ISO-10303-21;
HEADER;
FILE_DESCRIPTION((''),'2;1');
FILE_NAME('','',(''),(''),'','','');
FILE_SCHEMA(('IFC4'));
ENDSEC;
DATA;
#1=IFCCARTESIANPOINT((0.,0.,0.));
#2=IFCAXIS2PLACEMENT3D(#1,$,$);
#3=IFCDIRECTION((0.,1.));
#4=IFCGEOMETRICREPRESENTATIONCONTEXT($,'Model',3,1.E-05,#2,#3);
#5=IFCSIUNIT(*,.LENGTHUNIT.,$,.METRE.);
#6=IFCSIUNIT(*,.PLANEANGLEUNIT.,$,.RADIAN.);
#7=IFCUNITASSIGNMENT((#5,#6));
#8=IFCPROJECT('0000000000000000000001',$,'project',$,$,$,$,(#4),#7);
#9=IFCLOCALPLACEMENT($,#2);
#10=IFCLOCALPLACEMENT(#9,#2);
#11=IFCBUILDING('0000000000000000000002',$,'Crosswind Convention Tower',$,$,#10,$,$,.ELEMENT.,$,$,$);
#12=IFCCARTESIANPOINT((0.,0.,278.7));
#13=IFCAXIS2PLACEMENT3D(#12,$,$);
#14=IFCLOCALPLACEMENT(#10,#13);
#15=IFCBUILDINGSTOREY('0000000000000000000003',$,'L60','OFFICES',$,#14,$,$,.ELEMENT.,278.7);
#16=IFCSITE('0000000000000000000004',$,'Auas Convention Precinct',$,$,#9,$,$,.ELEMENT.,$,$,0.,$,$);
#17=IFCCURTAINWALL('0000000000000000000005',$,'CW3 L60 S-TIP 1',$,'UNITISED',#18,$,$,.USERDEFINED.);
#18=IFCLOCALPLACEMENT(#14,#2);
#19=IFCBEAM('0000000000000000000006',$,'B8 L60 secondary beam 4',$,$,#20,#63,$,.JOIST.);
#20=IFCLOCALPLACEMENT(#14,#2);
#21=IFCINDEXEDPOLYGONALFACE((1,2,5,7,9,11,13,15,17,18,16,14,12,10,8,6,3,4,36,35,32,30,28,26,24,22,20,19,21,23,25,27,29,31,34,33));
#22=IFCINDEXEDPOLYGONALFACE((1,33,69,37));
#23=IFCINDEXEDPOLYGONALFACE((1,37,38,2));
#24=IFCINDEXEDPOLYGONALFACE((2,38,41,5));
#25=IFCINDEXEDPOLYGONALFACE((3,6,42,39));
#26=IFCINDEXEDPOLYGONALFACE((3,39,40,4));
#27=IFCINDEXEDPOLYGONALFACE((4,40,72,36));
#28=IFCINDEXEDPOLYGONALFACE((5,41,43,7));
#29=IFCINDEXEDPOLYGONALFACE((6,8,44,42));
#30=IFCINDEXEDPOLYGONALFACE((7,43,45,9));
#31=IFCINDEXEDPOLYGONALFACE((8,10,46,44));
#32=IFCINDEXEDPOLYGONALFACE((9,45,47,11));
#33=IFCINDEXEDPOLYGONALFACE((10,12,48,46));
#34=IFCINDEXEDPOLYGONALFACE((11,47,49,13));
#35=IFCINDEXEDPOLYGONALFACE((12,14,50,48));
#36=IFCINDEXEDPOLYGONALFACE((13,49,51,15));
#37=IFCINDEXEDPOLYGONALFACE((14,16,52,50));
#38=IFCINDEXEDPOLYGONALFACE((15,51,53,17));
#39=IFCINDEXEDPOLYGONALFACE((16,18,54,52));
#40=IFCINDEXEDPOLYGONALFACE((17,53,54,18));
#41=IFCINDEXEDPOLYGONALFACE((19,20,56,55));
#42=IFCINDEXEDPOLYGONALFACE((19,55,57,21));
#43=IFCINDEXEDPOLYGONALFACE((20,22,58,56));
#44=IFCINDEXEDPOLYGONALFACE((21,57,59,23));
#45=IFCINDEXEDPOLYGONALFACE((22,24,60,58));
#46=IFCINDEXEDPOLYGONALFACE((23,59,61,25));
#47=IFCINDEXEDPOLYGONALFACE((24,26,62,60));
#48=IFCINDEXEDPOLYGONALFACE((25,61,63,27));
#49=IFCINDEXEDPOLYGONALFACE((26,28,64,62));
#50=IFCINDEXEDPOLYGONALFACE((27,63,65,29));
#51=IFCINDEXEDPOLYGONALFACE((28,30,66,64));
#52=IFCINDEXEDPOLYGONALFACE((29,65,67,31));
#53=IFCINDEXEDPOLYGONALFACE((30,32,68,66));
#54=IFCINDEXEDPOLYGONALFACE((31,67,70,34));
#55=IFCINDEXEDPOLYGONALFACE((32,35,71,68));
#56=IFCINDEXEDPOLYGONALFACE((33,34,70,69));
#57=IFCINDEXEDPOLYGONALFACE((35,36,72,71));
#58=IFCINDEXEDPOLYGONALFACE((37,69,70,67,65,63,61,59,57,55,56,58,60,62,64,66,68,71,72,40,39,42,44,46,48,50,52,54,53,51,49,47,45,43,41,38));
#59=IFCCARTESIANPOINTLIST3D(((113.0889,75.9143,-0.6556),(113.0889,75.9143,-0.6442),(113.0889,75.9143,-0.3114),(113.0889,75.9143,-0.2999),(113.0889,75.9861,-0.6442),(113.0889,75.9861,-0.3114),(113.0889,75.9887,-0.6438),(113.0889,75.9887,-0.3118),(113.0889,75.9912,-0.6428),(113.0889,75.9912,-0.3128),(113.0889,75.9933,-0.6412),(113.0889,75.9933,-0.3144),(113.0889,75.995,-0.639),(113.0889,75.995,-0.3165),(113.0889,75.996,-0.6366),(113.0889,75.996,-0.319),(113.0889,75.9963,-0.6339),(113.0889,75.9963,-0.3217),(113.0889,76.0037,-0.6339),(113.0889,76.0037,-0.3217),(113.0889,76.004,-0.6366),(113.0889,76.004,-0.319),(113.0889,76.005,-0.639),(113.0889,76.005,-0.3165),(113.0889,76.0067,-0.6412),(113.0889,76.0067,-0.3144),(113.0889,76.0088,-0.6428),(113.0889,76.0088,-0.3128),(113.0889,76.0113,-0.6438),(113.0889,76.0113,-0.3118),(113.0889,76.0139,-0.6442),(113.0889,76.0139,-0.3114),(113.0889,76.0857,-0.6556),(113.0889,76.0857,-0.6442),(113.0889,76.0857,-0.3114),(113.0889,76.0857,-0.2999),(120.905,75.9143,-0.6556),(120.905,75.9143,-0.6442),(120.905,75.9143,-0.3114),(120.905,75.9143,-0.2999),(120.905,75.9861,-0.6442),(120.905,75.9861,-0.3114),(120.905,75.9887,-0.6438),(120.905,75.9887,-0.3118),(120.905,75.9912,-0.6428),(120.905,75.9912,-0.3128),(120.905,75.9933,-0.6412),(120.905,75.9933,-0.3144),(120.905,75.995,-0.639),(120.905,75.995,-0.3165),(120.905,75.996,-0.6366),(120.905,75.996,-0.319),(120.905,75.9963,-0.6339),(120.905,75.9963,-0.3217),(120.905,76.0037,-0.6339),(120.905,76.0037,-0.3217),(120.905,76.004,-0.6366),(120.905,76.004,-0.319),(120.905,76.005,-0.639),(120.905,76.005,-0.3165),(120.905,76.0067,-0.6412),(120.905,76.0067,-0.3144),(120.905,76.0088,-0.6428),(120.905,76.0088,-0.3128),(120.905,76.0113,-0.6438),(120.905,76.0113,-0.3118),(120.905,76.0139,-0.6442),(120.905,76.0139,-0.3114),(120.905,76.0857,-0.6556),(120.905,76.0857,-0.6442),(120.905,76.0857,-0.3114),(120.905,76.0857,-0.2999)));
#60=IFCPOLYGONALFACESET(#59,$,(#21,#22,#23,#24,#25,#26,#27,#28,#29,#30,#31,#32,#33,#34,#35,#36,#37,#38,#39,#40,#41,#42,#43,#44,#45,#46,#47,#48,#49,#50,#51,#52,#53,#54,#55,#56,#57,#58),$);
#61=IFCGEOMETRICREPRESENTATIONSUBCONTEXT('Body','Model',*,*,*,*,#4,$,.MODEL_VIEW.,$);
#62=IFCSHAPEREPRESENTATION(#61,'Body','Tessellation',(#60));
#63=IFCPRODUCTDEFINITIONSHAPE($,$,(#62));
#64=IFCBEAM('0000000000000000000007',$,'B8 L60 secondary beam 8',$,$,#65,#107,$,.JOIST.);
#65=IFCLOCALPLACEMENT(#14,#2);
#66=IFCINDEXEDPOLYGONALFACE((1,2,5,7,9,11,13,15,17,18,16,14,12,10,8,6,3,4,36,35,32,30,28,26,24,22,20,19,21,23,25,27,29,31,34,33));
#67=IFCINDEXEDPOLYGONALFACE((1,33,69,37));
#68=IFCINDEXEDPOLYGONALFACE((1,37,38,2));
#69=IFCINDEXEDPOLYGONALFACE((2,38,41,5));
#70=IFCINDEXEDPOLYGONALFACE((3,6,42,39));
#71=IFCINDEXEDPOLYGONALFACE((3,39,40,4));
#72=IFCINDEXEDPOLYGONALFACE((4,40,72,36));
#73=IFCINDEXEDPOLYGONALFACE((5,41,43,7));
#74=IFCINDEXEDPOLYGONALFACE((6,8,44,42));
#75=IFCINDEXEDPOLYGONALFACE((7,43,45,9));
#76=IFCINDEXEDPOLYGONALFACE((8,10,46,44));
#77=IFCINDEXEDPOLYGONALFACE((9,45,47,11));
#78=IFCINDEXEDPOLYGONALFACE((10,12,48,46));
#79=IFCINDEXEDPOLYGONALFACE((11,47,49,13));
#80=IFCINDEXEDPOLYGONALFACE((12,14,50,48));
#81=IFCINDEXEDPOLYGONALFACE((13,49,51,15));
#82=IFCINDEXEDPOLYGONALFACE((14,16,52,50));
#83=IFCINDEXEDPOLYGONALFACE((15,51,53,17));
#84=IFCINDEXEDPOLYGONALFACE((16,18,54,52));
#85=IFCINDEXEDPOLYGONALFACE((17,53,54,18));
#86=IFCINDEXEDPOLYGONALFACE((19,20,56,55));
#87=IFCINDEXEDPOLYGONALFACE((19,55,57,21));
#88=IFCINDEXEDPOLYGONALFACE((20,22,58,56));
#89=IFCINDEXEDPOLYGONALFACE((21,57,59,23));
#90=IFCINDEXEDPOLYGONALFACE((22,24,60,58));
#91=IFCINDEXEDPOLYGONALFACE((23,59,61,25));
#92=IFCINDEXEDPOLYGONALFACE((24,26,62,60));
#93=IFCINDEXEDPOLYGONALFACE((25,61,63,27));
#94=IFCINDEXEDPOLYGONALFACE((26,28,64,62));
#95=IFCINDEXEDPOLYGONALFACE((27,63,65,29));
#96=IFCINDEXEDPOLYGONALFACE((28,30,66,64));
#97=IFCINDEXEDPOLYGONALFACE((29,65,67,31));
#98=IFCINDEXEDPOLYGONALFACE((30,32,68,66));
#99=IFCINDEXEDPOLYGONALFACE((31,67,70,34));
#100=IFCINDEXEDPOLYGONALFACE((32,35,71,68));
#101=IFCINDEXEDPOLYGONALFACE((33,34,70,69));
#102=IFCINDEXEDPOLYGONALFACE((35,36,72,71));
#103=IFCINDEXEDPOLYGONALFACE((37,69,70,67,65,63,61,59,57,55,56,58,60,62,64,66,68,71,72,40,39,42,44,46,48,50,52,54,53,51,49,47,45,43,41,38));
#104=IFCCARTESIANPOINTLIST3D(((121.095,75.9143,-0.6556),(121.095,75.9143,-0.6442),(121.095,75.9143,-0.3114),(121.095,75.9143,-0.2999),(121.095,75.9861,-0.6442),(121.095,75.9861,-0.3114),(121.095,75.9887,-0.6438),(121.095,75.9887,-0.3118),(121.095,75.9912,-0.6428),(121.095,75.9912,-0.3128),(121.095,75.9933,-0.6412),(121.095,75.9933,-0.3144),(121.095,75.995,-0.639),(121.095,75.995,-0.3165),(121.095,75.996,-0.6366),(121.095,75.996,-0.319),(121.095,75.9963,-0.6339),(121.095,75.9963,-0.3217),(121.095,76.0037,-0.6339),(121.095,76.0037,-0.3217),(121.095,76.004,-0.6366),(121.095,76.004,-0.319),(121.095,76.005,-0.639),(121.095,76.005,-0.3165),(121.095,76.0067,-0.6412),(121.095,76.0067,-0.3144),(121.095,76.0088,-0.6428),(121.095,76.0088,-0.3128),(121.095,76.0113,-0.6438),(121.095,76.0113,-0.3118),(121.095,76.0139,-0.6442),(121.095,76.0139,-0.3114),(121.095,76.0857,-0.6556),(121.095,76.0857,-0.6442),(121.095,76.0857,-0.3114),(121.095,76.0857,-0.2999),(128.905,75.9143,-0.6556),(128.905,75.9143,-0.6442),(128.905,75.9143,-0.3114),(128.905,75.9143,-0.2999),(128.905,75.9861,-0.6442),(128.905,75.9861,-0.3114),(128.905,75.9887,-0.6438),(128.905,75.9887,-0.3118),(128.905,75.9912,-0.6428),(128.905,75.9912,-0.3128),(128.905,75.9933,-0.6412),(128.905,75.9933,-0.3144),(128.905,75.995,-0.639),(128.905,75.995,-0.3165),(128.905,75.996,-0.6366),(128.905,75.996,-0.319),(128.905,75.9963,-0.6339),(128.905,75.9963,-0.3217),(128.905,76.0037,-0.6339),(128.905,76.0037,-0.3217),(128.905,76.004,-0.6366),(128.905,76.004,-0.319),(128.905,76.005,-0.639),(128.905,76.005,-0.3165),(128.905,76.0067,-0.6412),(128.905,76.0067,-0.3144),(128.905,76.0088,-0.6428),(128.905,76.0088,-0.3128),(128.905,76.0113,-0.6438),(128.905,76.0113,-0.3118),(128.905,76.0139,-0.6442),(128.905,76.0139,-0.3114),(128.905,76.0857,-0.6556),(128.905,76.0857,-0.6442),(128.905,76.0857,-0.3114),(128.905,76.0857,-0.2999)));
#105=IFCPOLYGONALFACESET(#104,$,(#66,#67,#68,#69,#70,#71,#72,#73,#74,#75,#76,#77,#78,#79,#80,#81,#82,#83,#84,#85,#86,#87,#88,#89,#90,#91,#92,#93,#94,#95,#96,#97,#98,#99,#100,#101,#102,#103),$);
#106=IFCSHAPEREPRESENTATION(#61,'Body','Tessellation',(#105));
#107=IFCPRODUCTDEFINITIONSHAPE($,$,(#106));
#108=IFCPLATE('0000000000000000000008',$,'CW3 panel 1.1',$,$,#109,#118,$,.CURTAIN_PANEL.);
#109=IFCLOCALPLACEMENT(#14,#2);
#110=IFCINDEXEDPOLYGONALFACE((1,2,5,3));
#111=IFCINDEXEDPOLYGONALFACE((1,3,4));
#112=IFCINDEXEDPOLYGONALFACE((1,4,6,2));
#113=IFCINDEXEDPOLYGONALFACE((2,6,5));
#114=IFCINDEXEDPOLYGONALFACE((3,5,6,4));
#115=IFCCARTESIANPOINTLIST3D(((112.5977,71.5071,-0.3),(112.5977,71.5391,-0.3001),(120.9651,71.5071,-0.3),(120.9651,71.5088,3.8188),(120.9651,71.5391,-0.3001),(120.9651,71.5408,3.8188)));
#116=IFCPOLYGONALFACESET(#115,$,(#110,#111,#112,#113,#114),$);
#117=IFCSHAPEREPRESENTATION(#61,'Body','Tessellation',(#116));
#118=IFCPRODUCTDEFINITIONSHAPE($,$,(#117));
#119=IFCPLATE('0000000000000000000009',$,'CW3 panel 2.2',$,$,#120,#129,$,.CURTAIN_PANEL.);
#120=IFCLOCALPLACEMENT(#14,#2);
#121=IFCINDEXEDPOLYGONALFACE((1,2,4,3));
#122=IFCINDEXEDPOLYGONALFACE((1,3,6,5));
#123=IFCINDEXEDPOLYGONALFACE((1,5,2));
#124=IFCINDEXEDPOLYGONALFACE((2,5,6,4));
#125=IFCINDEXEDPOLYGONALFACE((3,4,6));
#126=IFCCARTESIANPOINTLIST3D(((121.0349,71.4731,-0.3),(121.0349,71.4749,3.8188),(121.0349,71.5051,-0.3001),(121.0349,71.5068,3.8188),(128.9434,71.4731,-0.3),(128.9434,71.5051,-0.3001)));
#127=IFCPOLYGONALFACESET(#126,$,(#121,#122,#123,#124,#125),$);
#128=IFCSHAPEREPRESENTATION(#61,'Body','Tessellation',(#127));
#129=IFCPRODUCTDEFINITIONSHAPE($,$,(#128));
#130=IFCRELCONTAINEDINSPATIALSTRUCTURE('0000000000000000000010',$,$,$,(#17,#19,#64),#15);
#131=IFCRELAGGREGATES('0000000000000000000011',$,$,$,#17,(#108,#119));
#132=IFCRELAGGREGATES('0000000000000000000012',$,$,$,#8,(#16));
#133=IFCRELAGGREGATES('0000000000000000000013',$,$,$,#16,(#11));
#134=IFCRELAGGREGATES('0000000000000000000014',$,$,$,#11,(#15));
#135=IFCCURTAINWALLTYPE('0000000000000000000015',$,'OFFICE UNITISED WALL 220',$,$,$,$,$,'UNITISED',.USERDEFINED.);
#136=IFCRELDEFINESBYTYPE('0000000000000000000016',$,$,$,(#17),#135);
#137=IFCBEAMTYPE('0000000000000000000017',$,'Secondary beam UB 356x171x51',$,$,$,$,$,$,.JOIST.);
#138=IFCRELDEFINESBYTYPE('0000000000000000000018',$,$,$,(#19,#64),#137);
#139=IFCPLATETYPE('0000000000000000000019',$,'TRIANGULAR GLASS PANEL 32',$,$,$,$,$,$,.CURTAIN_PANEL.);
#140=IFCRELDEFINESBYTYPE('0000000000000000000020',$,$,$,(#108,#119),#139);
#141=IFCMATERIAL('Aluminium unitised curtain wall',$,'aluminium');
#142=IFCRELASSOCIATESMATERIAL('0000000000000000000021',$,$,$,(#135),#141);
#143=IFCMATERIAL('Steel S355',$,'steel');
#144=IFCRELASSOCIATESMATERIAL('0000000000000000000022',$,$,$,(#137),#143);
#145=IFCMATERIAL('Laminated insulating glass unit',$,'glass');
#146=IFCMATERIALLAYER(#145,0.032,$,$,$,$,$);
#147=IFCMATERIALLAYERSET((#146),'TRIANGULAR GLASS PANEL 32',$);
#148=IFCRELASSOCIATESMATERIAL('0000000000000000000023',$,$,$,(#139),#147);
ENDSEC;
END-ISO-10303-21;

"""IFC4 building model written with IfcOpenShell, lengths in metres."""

from ifc_helpers import new_model, si_unit, direction, frame, origin, origin_2d, place, context, subcontext, project, spatial, polyline, i_section, outline, extrude, material, layer, layer_set, material_profile, profile_set, type_object, element, aggregate, save


model = new_model("IFC4")

# Units and contexts
model_context = context("Model", 3, precision=1e-05, world=origin(), true_north=direction((0.0, 1.0)))
body_context = subcontext(model_context, "Body", "Model", "MODEL_VIEW")
ifc_project = project(units=[si_unit("LENGTHUNIT", "METRE"), si_unit("PLANEANGLEUNIT", "RADIAN")], contexts=[model_context])

# Site, building, storey
site_placement = place(None, origin())
site = spatial("IfcSite", under=ifc_project, at=site_placement, Name="Auas Convention Precinct", CompositionType="ELEMENT", RefElevation=0.0)
building_placement = place(site_placement, origin())
building = spatial("IfcBuilding", under=site, at=building_placement, Name="Crosswind Convention Tower", CompositionType="ELEMENT")
storey_placement = place(building_placement, frame((0.0, 0.0, 278.7)))
storey = spatial("IfcBuildingStorey", under=building, at=storey_placement, Name="L60", Description="OFFICES", CompositionType="ELEMENT", Elevation=278.7)

# Shared definitions
ifc_material_1 = material(Name="Steel S355", Category="steel")

# Curtain wall
ifc_material_2 = material(Name="Aluminium unitised curtain wall", Category="aluminium")
curtain_wall_type = type_object("IfcCurtainWallType", Name="OFFICE UNITISED WALL 220", ElementType="UNITISED", PredefinedType="USERDEFINED", material=ifc_material_2)
curtain_wall_placement = place(storey_placement, origin())
curtain_wall = element("IfcCurtainWall", 1, at=curtain_wall_placement, inside=storey, type_object=curtain_wall_type, Name="CW3 L60 S-TIP 1", ObjectType="UNITISED", PredefinedType="USERDEFINED")

# Beams
ifc_material_profile_1 = material_profile(ifc_material_1, i_section(OverallWidth=0.1714, OverallDepth=0.3557, WebThickness=0.0073, FlangeThickness=0.0115, FilletRadius=0.0103, at=origin_2d()), Name="UB 356x171x51")
ifc_profile_set_1 = profile_set([ifc_material_profile_1], Name="Steel S355")
beam_type_1 = type_object("IfcBeamType", Name="Secondary beam UB 356x171x51", PredefinedType="JOIST", material=ifc_profile_set_1)
beam_1_placement = place(storey_placement, frame((113.0889, 76.0, -0.4778), z_axis=(1.0, 0.0, 0.0), x_axis=(0.0, 1.0, 0.0)))
element("IfcBeam", 2, at=beam_1_placement, inside=storey, type_object=beam_type_1, Name="B8 L60 secondary beam 4", PredefinedType="JOIST", context=body_context, shape_type="SweptSolid", body=[
    extrude(i_section(OverallWidth=0.1714, OverallDepth=0.3557, WebThickness=0.0073, FlangeThickness=0.0115, FilletRadius=0.0103, at=origin_2d()), origin(), (0.0, 0.0, 1.0), 7.8162),
])
beam_2_placement = place(storey_placement, frame((121.095, 76.0, -0.4778), z_axis=(1.0, 0.0, 0.0), x_axis=(0.0, 1.0, 0.0)))
element("IfcBeam", 3, at=beam_2_placement, inside=storey, type_object=beam_type_1, Name="B8 L60 secondary beam 8", PredefinedType="JOIST", context=body_context, shape_type="SweptSolid", body=[
    extrude(i_section(OverallWidth=0.1714, OverallDepth=0.3557, WebThickness=0.0073, FlangeThickness=0.0115, FilletRadius=0.0103, at=origin_2d()), origin(), (0.0, 0.0, 1.0), 7.8101),
])

# Plates
ifc_material_3 = material(Name="Laminated insulating glass unit", Category="glass")
ifc_layer_1 = layer(ifc_material_3, 0.032)
ifc_layer_set_1 = layer_set([ifc_layer_1], Name="TRIANGULAR GLASS PANEL 32")
plate_type = type_object("IfcPlateType", Name="TRIANGULAR GLASS PANEL 32", PredefinedType="CURTAIN_PANEL", material=ifc_layer_set_1)
plate_1_placement = place(storey_placement, frame((120.9651, 71.5071, -0.3), z_axis=(0.0, -1.0, 0.000415), x_axis=(0.0, 0.000415, 1.0)))
plate_1 = element("IfcPlate", 4, at=plate_1_placement, type_object=plate_type, Name="CW3 panel 1.1", PredefinedType="CURTAIN_PANEL", context=body_context, shape_type="SweptSolid", body=[
    extrude(outline(polyline([(0.0, 0.0), (4.1189, 0.0), (0.0, 8.3674), (0.0, 0.0)])), origin(), (0.0, 0.0, -1.0), 0.032),
])
plate_2_placement = place(storey_placement, frame((121.0349, 71.4731, -0.3), z_axis=(0.0, -1.0, 0.000415), x_axis=(1.0, 0.0, 0.0)))
plate_2 = element("IfcPlate", 5, at=plate_2_placement, type_object=plate_type, Name="CW3 panel 2.2", PredefinedType="CURTAIN_PANEL", context=body_context, shape_type="SweptSolid", body=[
    extrude(outline(polyline([(0.0, 0.0), (7.9084, 0.0), (0.0, 4.1189), (0.0, 0.0)])), origin(), (0.0, 0.0, -1.0), 0.032),
])
aggregate(curtain_wall, [plate_1, plate_2])

save(model, "model.ifc")
